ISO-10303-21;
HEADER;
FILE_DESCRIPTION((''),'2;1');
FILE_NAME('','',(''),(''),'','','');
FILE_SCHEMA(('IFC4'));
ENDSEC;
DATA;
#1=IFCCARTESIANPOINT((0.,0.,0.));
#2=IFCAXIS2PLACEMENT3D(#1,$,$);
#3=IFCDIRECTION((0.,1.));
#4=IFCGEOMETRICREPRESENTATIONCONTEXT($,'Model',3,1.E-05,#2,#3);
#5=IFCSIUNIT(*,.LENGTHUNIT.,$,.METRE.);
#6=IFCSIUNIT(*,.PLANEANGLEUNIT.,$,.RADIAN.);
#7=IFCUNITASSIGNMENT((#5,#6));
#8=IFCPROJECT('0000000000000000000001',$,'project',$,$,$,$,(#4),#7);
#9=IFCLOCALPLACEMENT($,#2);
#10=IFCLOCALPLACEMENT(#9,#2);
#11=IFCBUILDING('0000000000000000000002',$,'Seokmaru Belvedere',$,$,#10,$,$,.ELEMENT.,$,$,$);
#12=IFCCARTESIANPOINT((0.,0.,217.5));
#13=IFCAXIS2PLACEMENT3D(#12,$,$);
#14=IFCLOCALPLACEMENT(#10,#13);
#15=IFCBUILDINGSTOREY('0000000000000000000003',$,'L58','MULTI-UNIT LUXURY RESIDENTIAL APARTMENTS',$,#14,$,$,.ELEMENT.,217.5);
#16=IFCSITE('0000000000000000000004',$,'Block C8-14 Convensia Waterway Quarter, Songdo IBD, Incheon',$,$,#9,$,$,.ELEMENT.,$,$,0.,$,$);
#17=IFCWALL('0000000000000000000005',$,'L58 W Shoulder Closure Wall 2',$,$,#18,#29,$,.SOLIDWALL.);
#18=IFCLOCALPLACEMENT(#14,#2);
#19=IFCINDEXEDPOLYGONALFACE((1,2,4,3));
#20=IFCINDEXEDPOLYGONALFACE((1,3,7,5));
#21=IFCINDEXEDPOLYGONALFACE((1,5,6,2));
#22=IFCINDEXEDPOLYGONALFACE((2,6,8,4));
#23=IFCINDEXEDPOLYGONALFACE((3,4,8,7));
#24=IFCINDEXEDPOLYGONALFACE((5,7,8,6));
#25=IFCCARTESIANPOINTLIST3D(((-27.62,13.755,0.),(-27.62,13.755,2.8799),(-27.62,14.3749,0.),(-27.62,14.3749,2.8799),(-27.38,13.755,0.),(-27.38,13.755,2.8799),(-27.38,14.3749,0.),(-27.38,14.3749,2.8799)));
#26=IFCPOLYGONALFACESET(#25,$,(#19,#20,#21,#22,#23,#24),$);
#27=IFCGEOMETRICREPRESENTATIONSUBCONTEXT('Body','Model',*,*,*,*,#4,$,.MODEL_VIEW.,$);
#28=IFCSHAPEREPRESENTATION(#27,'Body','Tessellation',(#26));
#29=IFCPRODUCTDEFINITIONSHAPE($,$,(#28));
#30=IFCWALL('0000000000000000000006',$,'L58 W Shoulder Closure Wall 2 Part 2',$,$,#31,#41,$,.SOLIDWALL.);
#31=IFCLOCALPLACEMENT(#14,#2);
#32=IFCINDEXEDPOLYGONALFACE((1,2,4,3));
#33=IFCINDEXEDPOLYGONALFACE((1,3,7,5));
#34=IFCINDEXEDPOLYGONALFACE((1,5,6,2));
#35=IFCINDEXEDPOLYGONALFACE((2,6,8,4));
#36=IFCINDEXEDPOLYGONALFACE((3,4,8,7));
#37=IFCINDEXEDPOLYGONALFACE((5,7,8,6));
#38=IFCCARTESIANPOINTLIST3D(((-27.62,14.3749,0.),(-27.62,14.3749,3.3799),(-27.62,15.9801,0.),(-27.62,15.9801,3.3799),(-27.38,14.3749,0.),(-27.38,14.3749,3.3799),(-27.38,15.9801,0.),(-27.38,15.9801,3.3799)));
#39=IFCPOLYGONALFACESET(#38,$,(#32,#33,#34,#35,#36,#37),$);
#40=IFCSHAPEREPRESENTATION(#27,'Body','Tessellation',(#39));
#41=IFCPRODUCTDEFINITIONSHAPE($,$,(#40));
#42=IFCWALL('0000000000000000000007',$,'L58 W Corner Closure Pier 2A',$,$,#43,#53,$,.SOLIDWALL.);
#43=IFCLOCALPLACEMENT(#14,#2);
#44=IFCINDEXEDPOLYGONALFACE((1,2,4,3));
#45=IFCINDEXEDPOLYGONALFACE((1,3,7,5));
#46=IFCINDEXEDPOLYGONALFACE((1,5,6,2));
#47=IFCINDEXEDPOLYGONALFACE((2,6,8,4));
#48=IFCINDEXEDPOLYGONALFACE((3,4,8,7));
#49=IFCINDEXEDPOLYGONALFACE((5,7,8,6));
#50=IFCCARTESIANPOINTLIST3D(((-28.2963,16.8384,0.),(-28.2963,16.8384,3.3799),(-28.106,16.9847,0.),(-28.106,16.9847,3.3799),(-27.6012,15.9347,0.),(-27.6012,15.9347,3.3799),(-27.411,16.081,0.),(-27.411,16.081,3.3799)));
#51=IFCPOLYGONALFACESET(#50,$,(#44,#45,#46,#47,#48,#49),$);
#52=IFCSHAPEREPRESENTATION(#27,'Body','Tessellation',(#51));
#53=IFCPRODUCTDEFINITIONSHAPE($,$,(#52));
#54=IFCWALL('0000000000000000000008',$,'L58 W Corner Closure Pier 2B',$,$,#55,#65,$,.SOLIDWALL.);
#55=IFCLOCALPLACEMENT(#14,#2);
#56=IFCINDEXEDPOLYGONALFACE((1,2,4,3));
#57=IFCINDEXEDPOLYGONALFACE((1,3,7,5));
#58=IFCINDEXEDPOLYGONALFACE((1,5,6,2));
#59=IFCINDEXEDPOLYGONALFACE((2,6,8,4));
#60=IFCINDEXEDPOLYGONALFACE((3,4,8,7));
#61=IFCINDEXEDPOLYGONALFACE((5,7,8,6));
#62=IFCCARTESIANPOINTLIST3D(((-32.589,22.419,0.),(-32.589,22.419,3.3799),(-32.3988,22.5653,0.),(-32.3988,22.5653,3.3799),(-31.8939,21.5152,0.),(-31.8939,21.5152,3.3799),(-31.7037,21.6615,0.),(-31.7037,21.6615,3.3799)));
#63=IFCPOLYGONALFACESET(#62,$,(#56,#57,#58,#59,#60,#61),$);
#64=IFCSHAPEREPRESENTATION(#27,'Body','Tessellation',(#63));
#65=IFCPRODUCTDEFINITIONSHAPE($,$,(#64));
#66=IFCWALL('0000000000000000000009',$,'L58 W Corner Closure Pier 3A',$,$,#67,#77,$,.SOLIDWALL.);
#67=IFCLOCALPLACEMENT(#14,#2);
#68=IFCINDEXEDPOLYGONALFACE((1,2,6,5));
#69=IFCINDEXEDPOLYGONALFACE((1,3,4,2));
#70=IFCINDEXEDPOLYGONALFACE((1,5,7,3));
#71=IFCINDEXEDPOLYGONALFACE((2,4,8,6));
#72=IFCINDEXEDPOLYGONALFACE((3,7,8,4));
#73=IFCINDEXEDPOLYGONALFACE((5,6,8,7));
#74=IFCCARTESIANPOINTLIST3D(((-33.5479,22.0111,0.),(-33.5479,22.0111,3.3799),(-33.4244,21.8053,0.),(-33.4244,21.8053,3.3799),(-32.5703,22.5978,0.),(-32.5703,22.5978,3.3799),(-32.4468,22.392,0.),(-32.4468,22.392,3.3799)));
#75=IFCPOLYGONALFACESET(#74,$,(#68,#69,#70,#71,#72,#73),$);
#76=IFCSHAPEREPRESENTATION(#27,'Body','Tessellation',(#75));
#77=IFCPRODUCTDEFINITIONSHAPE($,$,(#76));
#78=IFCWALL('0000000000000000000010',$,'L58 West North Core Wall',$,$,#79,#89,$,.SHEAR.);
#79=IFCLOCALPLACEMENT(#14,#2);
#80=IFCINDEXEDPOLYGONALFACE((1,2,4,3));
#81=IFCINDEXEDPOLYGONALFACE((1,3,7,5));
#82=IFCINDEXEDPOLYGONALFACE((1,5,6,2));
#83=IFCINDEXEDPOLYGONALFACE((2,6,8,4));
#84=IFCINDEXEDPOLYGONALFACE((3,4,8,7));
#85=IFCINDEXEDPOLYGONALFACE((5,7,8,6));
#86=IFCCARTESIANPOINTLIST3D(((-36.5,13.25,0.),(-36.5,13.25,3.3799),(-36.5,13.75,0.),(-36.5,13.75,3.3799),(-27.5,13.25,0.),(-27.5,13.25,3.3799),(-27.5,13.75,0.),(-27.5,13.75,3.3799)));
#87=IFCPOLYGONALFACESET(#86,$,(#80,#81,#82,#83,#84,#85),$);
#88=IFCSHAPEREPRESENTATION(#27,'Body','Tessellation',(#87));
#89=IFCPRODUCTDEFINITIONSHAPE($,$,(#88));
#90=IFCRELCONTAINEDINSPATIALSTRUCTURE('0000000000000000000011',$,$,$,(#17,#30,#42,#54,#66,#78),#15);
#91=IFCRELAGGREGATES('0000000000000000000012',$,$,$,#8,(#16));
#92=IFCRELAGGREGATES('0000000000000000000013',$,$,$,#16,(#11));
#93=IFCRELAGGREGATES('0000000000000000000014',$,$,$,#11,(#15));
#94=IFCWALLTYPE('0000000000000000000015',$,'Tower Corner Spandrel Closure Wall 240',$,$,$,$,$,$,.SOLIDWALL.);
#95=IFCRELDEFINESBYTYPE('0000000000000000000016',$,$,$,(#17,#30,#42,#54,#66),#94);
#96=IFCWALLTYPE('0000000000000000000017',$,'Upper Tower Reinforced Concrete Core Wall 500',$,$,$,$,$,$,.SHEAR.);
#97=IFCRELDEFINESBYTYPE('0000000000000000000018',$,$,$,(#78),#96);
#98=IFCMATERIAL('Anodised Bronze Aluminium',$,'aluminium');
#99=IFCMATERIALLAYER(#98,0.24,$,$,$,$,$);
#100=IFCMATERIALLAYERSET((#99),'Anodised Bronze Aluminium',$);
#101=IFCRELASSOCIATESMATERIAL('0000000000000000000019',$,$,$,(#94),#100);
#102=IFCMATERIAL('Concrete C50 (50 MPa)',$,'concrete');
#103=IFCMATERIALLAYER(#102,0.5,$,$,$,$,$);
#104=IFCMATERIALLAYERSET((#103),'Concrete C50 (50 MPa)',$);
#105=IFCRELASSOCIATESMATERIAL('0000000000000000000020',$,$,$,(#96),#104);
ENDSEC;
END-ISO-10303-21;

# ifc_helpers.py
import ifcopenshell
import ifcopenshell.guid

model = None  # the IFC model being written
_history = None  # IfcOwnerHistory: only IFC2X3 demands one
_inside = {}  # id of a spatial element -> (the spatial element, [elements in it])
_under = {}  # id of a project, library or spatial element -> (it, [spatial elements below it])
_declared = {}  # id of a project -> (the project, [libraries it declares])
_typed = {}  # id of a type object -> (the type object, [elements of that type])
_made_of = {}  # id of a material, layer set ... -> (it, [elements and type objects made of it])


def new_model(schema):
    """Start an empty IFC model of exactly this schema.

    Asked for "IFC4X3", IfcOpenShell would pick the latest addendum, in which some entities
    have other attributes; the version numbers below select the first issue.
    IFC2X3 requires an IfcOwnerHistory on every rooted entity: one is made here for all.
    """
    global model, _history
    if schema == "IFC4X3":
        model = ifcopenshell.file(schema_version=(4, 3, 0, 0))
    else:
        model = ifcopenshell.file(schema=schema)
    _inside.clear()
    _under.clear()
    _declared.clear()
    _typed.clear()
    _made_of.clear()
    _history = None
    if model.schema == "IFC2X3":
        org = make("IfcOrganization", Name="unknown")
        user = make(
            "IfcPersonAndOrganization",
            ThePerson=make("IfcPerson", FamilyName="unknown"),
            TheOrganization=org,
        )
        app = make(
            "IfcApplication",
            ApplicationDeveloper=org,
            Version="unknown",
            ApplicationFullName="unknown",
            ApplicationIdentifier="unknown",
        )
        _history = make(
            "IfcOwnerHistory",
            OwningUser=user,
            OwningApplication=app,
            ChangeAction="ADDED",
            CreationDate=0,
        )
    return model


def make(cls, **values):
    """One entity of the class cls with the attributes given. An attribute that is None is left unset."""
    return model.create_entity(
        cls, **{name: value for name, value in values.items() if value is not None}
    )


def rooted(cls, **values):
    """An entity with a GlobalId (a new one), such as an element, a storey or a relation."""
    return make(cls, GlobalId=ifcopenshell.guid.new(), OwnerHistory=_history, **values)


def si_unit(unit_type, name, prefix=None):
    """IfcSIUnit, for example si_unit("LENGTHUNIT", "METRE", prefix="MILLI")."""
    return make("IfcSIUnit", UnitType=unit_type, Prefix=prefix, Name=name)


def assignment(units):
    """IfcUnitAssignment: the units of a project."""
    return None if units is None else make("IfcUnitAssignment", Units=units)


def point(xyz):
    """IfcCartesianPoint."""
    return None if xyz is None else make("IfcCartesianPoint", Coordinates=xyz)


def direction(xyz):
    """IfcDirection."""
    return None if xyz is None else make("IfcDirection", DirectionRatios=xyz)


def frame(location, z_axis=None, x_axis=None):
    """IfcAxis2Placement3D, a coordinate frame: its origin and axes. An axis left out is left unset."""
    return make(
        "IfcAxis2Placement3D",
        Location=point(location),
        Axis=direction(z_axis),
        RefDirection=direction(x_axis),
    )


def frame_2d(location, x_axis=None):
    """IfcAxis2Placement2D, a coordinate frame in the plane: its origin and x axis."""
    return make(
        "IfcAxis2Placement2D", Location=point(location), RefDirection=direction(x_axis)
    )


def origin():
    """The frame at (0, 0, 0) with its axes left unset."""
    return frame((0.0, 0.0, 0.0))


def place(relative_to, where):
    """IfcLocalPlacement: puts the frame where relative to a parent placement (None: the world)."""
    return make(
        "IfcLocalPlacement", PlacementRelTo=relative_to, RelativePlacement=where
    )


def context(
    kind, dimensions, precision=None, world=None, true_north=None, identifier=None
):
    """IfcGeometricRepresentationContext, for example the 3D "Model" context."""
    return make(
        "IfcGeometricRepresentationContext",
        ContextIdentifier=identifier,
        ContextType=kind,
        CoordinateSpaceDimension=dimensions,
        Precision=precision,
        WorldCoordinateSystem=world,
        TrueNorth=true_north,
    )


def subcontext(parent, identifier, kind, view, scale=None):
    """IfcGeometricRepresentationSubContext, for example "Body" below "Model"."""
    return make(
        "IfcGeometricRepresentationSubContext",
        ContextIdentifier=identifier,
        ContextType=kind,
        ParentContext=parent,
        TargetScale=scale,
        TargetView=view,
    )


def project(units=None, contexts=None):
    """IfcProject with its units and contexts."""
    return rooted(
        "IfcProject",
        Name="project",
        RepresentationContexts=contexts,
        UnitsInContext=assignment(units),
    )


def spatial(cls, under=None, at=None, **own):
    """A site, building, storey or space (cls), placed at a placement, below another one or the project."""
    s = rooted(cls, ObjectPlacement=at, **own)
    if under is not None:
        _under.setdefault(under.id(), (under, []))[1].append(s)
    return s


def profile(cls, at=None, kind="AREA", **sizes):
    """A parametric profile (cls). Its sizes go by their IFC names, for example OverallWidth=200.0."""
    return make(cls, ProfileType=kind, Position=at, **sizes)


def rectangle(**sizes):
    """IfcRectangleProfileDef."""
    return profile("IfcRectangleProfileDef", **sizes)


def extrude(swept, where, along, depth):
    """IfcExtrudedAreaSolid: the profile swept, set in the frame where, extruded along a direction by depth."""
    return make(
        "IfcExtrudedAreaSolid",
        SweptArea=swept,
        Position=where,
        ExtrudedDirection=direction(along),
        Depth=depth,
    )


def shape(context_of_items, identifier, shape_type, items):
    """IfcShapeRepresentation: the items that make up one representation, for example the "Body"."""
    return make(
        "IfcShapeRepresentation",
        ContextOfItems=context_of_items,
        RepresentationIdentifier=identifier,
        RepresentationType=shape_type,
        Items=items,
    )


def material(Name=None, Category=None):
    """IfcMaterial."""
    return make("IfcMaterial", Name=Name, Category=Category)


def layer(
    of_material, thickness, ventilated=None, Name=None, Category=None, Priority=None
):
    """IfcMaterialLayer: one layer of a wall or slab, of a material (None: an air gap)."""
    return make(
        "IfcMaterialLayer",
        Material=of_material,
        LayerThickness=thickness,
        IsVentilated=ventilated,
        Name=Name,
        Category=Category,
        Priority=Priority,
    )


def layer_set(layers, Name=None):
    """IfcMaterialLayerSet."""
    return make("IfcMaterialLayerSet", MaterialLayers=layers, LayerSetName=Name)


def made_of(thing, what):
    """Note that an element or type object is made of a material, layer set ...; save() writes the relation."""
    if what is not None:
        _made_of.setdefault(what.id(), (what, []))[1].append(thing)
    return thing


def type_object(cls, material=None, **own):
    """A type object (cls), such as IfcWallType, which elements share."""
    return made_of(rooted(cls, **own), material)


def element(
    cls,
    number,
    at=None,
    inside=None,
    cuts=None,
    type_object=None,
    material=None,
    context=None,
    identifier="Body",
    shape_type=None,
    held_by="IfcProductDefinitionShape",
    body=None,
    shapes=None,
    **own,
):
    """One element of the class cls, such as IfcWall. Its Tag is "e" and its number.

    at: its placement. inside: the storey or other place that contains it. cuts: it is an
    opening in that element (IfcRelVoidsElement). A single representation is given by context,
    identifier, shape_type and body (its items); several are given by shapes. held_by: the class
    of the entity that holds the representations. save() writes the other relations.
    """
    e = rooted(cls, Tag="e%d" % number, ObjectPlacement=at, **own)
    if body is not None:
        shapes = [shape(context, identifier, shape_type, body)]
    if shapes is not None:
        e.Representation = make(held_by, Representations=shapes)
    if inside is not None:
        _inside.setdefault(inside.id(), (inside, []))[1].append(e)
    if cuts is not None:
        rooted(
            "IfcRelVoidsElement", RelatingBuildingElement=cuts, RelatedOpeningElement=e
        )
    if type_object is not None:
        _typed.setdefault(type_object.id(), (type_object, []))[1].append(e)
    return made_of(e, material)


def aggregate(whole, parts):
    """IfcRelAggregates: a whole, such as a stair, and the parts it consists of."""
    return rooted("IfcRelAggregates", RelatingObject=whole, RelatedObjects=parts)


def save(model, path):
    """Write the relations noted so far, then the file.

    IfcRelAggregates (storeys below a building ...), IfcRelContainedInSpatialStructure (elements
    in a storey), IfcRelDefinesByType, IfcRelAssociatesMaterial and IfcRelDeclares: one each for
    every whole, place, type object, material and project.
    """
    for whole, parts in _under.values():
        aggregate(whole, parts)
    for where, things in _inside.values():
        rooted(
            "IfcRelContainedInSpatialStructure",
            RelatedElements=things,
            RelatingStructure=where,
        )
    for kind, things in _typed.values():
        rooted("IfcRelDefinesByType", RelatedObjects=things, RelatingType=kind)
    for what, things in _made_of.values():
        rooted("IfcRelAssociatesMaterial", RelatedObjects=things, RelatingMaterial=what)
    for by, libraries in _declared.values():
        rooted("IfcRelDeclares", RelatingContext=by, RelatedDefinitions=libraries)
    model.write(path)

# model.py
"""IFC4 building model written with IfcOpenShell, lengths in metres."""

from ifc_helpers import new_model, si_unit, direction, frame, frame_2d, origin, place, context, subcontext, project, spatial, rectangle, extrude, material, layer, layer_set, type_object, element, save


model = new_model("IFC4")

# Units and contexts
model_context = context("Model", 3, precision=1e-05, world=origin(), true_north=direction((0.0, 1.0)))
body_context = subcontext(model_context, "Body", "Model", "MODEL_VIEW")
ifc_project = project(units=[si_unit("LENGTHUNIT", "METRE"), si_unit("PLANEANGLEUNIT", "RADIAN")], contexts=[model_context])

# Site, building, storey
site_placement = place(None, origin())
site = spatial("IfcSite", under=ifc_project, at=site_placement, Name="Block C8-14 Convensia Waterway Quarter, Songdo IBD, Incheon", CompositionType="ELEMENT", RefElevation=0.0)
building_placement = place(site_placement, origin())
building = spatial("IfcBuilding", under=site, at=building_placement, Name="Seokmaru Belvedere", CompositionType="ELEMENT")
storey_placement = place(building_placement, frame((0.0, 0.0, 217.5)))
storey = spatial("IfcBuildingStorey", under=building, at=storey_placement, Name="L58", Description="MULTI-UNIT LUXURY RESIDENTIAL APARTMENTS", CompositionType="ELEMENT", Elevation=217.5)

# Shared definitions
ifc_material_1 = material(Name="Anodised Bronze Aluminium", Category="aluminium")

# Walls
ifc_layer_1 = layer(ifc_material_1, 0.24)
ifc_layer_set_1 = layer_set([ifc_layer_1], Name="Anodised Bronze Aluminium")
wall_type_1 = type_object("IfcWallType", Name="Tower Corner Spandrel Closure Wall 240", PredefinedType="SOLIDWALL", material=ifc_layer_set_1)
wall_1_placement = place(storey_placement, frame((-27.5, 13.7549, 0.0), z_axis=(0.0, 0.0, 1.0), x_axis=(0.0, 1.0, 0.0)))
element("IfcWall", 1, at=wall_1_placement, inside=storey, type_object=wall_type_1, Name="L58 W Shoulder Closure Wall 2", PredefinedType="SOLIDWALL", context=body_context, shape_type="SweptSolid", body=[
    extrude(rectangle(XDim=0.6199, YDim=0.24, at=frame_2d((0.3101, 0.0))), origin(), (0.0, 0.0, 1.0), 2.8799),
])
wall_2_placement = place(storey_placement, frame((-27.5, 14.3748, 0.0), z_axis=(0.0, 0.0, 1.0), x_axis=(0.0, 1.0, 0.0)))
element("IfcWall", 2, at=wall_2_placement, inside=storey, type_object=wall_type_1, Name="L58 W Shoulder Closure Wall 2 Part 2", PredefinedType="SOLIDWALL", context=body_context, shape_type="SweptSolid", body=[
    extrude(rectangle(XDim=1.6052, YDim=0.24, at=frame_2d((0.8027, 0.0))), origin(), (0.0, 0.0, 1.0), 3.3799),
])
for number, where, z_axis, x_axis, name in (
    (3, (-27.5061, 16.0078, 0.0), (0.0, 0.0, 1.0), (-0.609618, 0.792696, 0.0), "L58 W Corner Closure Pier 2A"),
    (4, (-31.7988, 21.5884, 0.0), (0.0, 0.0, 1.0), (-0.609618, 0.792696, 0.0), "L58 W Corner Closure Pier 2B"),
    (5, (-32.5085, 22.4949, 0.0), (0.0, 0.0, 1.0), (-0.857436, -0.51459, 0.0), "L58 W Corner Closure Pier 3A"),
):
    element("IfcWall", number, at=place(storey_placement, frame(where, z_axis=z_axis, x_axis=x_axis)), inside=storey, type_object=wall_type_1, Name=name, PredefinedType="SOLIDWALL", context=body_context, shape_type="SweptSolid", body=[
        extrude(rectangle(XDim=1.1401, YDim=0.24, at=frame_2d((0.5701, 0.0))), origin(), (0.0, 0.0, 1.0), 3.3799),
    ])
ifc_material_2 = material(Name="Concrete C50 (50 MPa)", Category="concrete")
ifc_layer_2 = layer(ifc_material_2, 0.5)
ifc_layer_set_2 = layer_set([ifc_layer_2], Name="Concrete C50 (50 MPa)")
wall_type_2 = type_object("IfcWallType", Name="Upper Tower Reinforced Concrete Core Wall 500", PredefinedType="SHEAR", material=ifc_layer_set_2)
wall_3_placement = place(storey_placement, frame((-36.5, 13.5, 0.0), z_axis=(0.0, 0.0, 1.0), x_axis=(1.0, 0.0, 0.0)))
element("IfcWall", 6, at=wall_3_placement, inside=storey, type_object=wall_type_2, Name="L58 West North Core Wall", PredefinedType="SHEAR", context=body_context, shape_type="SweptSolid", body=[
    extrude(rectangle(XDim=9.0, YDim=0.5, at=frame_2d((4.5, 0.0))), origin(), (0.0, 0.0, 1.0), 3.3799),
])

save(model, "model.ifc")
